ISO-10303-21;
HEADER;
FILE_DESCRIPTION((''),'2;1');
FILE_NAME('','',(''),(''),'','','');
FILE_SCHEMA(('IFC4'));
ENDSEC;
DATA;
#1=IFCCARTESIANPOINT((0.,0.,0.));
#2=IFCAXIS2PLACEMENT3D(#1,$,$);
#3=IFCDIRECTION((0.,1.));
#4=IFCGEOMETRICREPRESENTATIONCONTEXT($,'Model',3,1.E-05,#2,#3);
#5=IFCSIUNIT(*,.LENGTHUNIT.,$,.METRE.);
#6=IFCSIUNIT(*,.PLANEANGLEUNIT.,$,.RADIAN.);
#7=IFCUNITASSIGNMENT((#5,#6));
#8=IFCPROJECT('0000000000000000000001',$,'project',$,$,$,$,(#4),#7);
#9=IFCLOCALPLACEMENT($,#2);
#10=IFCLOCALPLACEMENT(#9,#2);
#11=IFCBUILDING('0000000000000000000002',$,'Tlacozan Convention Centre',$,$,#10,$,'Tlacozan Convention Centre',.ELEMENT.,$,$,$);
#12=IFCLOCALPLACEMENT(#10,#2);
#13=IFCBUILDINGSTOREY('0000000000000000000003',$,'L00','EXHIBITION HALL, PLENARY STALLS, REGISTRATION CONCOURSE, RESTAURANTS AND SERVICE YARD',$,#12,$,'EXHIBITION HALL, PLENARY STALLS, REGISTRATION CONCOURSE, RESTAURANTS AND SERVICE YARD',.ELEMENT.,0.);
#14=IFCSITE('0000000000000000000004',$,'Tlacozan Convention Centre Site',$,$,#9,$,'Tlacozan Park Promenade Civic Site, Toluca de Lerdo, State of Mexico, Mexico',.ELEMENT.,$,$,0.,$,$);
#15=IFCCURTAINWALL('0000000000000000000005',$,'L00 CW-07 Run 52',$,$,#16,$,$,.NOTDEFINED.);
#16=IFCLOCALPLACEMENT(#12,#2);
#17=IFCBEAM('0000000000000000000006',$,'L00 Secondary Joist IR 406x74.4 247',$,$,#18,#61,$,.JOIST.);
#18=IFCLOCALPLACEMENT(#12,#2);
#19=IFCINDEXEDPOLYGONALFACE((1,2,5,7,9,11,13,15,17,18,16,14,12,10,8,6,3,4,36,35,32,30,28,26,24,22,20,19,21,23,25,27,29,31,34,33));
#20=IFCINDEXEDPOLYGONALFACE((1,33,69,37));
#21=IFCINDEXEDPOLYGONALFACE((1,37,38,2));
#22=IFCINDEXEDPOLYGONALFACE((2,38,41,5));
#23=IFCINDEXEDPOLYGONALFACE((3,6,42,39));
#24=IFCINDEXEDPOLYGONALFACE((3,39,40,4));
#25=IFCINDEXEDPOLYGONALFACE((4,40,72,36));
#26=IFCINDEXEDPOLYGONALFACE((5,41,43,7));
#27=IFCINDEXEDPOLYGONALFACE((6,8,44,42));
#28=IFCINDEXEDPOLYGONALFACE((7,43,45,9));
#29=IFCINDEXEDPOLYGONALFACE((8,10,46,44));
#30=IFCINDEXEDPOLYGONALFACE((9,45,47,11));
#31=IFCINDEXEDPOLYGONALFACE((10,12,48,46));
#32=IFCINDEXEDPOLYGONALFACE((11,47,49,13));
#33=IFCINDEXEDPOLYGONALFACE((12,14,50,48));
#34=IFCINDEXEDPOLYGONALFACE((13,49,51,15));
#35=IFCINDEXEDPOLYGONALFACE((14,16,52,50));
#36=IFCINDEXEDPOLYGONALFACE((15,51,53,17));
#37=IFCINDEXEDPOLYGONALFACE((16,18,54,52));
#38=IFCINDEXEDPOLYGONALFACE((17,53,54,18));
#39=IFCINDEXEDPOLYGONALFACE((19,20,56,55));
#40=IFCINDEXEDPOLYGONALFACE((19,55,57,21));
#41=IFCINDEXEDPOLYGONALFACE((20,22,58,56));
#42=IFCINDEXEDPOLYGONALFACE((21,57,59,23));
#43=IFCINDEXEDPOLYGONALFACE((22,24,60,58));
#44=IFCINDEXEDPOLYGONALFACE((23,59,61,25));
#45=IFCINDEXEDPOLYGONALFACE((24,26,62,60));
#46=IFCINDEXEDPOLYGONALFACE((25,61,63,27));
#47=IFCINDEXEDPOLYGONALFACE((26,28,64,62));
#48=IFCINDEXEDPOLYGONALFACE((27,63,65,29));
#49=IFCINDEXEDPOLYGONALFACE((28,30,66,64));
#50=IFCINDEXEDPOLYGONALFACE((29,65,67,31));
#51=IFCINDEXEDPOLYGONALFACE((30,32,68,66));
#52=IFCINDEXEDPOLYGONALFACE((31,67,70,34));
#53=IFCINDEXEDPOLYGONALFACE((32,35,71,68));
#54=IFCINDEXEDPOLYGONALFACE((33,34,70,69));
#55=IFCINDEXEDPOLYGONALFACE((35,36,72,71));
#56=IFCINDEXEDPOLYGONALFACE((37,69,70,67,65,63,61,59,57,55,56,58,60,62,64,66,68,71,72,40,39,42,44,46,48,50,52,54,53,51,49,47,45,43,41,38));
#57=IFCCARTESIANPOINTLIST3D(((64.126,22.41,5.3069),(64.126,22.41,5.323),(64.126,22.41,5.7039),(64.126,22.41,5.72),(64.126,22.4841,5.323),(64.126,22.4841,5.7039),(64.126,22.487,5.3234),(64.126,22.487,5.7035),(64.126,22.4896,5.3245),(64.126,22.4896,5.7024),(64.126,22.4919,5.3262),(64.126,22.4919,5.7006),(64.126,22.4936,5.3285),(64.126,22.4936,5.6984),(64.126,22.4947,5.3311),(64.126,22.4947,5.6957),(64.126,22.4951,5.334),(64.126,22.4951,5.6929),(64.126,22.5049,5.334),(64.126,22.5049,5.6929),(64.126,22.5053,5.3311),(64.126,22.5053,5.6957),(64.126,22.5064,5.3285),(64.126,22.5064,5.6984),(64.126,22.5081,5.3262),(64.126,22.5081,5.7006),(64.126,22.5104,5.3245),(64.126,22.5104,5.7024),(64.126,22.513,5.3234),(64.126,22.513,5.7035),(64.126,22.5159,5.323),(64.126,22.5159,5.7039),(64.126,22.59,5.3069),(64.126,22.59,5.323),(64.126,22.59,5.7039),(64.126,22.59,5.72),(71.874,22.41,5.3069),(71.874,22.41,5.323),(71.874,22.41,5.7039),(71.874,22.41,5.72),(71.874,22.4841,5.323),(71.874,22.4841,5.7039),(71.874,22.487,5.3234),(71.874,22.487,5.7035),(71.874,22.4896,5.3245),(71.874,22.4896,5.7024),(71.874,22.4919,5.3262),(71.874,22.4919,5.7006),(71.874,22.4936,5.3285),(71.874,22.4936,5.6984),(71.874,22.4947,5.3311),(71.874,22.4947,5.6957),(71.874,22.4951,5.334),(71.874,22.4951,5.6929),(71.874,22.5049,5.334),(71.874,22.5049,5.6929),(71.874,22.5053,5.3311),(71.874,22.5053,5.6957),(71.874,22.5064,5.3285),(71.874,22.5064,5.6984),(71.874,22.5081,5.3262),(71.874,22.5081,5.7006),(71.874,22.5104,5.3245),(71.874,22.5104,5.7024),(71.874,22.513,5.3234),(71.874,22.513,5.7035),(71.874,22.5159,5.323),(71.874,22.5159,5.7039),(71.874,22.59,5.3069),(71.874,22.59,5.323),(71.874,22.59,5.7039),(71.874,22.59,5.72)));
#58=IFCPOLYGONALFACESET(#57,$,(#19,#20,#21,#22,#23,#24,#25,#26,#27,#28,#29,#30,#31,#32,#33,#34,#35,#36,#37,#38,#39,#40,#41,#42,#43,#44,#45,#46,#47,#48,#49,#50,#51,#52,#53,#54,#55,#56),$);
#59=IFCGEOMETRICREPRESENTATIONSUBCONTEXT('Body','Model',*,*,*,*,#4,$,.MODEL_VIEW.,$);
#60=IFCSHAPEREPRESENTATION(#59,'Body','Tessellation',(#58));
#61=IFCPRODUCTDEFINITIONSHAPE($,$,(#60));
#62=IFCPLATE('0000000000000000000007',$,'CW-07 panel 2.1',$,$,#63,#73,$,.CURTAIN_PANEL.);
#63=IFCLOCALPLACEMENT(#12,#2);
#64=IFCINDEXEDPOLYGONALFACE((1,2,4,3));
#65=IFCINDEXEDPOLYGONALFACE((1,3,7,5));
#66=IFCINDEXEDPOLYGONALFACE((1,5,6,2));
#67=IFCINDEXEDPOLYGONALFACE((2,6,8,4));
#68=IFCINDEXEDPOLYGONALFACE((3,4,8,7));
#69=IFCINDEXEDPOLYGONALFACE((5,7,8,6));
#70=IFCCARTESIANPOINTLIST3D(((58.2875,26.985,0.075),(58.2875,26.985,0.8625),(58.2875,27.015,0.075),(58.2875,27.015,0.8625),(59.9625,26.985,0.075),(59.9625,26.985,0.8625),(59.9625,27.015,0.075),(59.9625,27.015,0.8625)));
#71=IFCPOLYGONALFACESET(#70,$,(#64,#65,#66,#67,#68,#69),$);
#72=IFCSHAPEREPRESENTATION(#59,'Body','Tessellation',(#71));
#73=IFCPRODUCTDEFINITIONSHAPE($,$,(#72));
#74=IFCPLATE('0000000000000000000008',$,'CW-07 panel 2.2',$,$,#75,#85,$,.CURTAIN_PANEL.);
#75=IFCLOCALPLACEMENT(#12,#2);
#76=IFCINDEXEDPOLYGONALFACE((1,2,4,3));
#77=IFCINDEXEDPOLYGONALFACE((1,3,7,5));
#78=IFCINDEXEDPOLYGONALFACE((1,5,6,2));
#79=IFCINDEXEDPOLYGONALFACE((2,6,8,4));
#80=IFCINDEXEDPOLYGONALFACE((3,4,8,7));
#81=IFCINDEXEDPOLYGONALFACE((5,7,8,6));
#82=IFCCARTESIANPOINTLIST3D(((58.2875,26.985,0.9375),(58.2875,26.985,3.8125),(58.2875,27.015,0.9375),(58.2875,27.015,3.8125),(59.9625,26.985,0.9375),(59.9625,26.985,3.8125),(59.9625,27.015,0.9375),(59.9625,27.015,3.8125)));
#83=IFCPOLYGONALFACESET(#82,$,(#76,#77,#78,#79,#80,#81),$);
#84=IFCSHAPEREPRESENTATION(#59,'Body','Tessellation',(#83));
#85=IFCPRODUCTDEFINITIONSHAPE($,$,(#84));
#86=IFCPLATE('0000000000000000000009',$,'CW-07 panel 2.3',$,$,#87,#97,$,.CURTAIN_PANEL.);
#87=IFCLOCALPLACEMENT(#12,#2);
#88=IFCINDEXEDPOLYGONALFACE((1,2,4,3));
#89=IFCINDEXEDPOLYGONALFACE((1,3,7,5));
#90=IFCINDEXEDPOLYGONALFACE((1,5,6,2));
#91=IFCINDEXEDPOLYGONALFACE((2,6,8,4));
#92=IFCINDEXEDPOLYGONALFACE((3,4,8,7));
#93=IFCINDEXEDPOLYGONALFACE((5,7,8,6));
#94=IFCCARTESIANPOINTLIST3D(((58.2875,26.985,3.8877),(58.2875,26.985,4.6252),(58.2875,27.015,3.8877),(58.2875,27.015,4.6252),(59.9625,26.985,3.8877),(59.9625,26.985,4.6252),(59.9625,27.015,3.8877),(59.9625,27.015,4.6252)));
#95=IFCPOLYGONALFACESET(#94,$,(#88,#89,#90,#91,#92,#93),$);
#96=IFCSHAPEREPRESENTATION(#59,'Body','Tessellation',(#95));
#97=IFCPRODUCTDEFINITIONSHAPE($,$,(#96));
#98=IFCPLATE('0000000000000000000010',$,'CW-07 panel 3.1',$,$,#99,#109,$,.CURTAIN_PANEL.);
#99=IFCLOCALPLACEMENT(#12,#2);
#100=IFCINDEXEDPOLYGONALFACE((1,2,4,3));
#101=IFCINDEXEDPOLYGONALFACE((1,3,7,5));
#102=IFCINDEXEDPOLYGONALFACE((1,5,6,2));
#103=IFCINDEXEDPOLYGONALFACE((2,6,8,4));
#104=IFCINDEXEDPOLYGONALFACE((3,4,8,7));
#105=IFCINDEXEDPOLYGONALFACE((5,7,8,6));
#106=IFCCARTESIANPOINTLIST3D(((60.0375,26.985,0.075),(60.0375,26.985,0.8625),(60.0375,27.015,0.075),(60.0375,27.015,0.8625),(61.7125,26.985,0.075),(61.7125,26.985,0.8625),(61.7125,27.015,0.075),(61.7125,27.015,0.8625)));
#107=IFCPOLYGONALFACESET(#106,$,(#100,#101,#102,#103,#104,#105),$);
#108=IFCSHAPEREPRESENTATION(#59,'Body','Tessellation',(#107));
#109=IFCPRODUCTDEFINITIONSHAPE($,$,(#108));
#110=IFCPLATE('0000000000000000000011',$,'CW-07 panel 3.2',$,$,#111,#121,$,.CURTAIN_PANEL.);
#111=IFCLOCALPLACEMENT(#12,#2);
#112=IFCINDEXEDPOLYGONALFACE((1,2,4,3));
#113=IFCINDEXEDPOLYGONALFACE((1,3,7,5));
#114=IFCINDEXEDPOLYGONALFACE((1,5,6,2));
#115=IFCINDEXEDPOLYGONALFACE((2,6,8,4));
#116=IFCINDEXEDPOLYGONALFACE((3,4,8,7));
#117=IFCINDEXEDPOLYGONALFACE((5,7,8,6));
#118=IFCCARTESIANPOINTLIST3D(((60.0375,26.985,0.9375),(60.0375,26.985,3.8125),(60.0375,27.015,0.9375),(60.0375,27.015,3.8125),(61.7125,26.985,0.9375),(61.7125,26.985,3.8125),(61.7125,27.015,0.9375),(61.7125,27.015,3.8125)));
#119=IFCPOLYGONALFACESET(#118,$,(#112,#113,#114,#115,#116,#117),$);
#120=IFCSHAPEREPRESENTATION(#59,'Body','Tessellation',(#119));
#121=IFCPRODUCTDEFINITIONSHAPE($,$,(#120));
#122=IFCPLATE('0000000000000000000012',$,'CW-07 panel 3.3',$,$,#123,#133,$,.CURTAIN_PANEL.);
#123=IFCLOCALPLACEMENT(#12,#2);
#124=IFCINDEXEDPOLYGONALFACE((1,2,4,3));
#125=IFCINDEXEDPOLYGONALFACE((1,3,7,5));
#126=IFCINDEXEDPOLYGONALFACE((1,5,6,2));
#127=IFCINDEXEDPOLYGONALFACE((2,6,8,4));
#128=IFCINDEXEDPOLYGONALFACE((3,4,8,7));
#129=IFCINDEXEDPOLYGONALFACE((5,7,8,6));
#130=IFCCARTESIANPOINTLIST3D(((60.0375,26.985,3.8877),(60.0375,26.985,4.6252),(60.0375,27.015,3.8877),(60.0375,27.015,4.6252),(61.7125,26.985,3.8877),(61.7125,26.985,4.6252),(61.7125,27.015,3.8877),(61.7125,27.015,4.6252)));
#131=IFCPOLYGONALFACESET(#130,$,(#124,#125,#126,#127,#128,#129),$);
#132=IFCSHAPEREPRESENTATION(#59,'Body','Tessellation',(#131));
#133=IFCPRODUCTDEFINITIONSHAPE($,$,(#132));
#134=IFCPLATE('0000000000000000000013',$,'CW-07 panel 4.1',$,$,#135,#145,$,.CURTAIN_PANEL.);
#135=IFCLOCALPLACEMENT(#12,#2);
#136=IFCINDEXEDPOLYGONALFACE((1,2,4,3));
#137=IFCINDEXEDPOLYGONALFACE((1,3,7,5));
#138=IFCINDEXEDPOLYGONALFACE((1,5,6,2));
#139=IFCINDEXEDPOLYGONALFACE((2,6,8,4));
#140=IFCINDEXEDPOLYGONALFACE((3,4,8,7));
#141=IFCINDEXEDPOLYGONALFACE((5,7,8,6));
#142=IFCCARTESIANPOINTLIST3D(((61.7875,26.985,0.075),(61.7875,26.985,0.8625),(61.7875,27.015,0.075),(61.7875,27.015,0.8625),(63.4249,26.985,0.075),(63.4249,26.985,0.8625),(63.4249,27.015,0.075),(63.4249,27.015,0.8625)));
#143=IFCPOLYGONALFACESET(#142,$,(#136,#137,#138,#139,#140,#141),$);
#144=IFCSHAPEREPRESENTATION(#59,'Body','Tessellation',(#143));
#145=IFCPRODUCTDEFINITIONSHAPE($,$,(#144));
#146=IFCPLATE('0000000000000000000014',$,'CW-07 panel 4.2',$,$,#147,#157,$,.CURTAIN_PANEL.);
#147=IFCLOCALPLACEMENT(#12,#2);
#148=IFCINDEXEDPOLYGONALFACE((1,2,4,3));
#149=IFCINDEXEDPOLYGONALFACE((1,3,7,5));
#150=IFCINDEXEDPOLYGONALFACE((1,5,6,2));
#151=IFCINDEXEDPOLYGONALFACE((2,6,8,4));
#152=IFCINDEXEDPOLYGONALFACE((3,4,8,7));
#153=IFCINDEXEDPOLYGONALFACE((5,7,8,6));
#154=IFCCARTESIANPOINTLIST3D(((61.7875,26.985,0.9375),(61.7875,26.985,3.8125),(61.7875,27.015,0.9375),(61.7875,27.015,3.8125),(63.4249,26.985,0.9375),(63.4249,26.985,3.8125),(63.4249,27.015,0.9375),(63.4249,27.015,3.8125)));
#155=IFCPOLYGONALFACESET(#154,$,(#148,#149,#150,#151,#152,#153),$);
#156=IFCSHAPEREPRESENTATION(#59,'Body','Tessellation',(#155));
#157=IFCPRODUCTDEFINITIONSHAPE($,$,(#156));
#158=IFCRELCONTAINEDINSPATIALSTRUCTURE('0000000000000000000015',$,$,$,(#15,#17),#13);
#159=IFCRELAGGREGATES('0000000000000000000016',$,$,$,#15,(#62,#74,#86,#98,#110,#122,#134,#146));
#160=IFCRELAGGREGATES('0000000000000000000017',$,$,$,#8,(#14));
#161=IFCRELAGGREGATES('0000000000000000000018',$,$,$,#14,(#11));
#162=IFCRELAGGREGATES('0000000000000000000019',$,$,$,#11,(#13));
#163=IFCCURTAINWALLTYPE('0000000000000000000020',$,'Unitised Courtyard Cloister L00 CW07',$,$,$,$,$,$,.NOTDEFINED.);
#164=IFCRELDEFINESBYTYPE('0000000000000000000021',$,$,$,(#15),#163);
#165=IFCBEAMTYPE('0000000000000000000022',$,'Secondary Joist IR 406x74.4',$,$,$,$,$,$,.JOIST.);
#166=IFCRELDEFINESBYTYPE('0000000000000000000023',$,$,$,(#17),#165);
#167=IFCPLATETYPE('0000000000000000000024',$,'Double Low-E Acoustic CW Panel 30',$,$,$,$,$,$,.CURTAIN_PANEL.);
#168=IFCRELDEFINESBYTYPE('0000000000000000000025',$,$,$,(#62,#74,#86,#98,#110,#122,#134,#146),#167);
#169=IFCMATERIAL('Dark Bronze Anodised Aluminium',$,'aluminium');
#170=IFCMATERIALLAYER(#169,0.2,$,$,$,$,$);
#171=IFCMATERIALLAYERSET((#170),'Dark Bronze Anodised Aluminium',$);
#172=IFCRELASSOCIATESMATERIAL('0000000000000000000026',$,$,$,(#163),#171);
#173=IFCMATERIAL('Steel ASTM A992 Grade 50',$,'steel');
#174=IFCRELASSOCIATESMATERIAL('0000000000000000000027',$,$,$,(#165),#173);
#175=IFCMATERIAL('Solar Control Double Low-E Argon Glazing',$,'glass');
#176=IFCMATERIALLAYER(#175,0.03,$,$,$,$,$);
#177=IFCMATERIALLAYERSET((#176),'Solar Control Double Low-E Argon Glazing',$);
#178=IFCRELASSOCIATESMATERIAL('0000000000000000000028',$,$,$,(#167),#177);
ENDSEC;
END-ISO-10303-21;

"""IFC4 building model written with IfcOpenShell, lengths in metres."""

from ifc_helpers import new_model, si_unit, direction, frame, origin, origin_2d, place, context, subcontext, project, spatial, rectangle, i_section, extrude, material, layer, layer_set, material_profile, profile_set, type_object, element, aggregate, save


model = new_model("IFC4")

# Units and contexts
model_context = context("Model", 3, precision=1e-05, world=origin(), true_north=direction((0.0, 1.0)))
body_context = subcontext(model_context, "Body", "Model", "MODEL_VIEW")
ifc_project = project(units=[si_unit("LENGTHUNIT", "METRE"), si_unit("PLANEANGLEUNIT", "RADIAN")], contexts=[model_context])

# Site, building, storey
site_placement = place(None, origin())
site = spatial("IfcSite", under=ifc_project, at=site_placement, Name="Tlacozan Convention Centre Site", LongName="Tlacozan Park Promenade Civic Site, Toluca de Lerdo, State of Mexico, Mexico", CompositionType="ELEMENT", RefElevation=0.0)
building_placement = place(site_placement, origin())
building = spatial("IfcBuilding", under=site, at=building_placement, Name="Tlacozan Convention Centre", LongName="Tlacozan Convention Centre", CompositionType="ELEMENT")
storey_placement = place(building_placement, origin())
storey = spatial("IfcBuildingStorey", under=building, at=storey_placement, Name="L00", Description="EXHIBITION HALL, PLENARY STALLS, REGISTRATION CONCOURSE, RESTAURANTS AND SERVICE YARD", LongName="EXHIBITION HALL, PLENARY STALLS, REGISTRATION CONCOURSE, RESTAURANTS AND SERVICE YARD", CompositionType="ELEMENT", Elevation=0.0)

# Curtain wall
ifc_material_1 = material(Name="Dark Bronze Anodised Aluminium", Category="aluminium")
ifc_layer_1 = layer(ifc_material_1, 0.2)
ifc_layer_set_1 = layer_set([ifc_layer_1], Name="Dark Bronze Anodised Aluminium")
curtain_wall_type = type_object("IfcCurtainWallType", Name="Unitised Courtyard Cloister L00 CW07", PredefinedType="NOTDEFINED", material=ifc_layer_set_1)
curtain_wall_placement = place(storey_placement, origin())
curtain_wall = element("IfcCurtainWall", 1, at=curtain_wall_placement, inside=storey, type_object=curtain_wall_type, Name="L00 CW-07 Run 52", PredefinedType="NOTDEFINED")

# Beam
ifc_material_2 = material(Name="Steel ASTM A992 Grade 50", Category="steel")
ifc_material_profile_1 = material_profile(ifc_material_2, i_section(OverallWidth=0.1799, OverallDepth=0.4131, WebThickness=0.0098, FlangeThickness=0.0161, FilletRadius=0.011, at=origin_2d()), Name="IR 406x74.4")
ifc_profile_set_1 = profile_set([ifc_material_profile_1], Name="Steel ASTM A992 Grade 50")
beam_type = type_object("IfcBeamType", Name="Secondary Joist IR 406x74.4", PredefinedType="JOIST", material=ifc_profile_set_1)
beam_placement = place(storey_placement, frame((64.126, 22.5, 5.5134), z_axis=(1.0, 0.0, 0.0), x_axis=(0.0, 1.0, 0.0)))
element("IfcBeam", 2, at=beam_placement, inside=storey, type_object=beam_type, Name="L00 Secondary Joist IR 406x74.4 247", PredefinedType="JOIST", context=body_context, shape_type="SweptSolid", body=[
    extrude(i_section(OverallWidth=0.1799, OverallDepth=0.4131, WebThickness=0.0098, FlangeThickness=0.0161, FilletRadius=0.011, at=origin_2d()), origin(), (0.0, 0.0, 1.0), 7.748),
])

# Plates
ifc_material_3 = material(Name="Solar Control Double Low-E Argon Glazing", Category="glass")
ifc_layer_2 = layer(ifc_material_3, 0.03)
ifc_layer_set_2 = layer_set([ifc_layer_2], Name="Solar Control Double Low-E Argon Glazing")
plate_type = type_object("IfcPlateType", Name="Double Low-E Acoustic CW Panel 30", PredefinedType="CURTAIN_PANEL", material=ifc_layer_set_2)
plate_1_placement = place(storey_placement, frame((59.125, 27.0, 0.075), z_axis=(0.0, 0.0, 1.0), x_axis=(1.0, 0.0, 0.0)))
plate_1 = element("IfcPlate", 3, at=plate_1_placement, type_object=plate_type, Name="CW-07 panel 2.1", PredefinedType="CURTAIN_PANEL", context=body_context, shape_type="SweptSolid", body=[
    extrude(rectangle(XDim=1.675, YDim=0.03, at=origin_2d()), origin(), (0.0, 0.0, 1.0), 0.7876),
])
plate_2_placement = place(storey_placement, frame((59.125, 27.0, 0.9375), z_axis=(0.0, 0.0, 1.0), x_axis=(1.0, 0.0, 0.0)))
plate_2 = element("IfcPlate", 4, at=plate_2_placement, type_object=plate_type, Name="CW-07 panel 2.2", PredefinedType="CURTAIN_PANEL", context=body_context, shape_type="SweptSolid", body=[
    extrude(rectangle(XDim=1.675, YDim=0.03, at=origin_2d()), origin(), (0.0, 0.0, 1.0), 2.875),
])
plate_3_placement = place(storey_placement, frame((59.125, 27.0, 3.8877), z_axis=(0.0, 0.0, 1.0), x_axis=(1.0, 0.0, 0.0)))
plate_3 = element("IfcPlate", 5, at=plate_3_placement, type_object=plate_type, Name="CW-07 panel 2.3", PredefinedType="CURTAIN_PANEL", context=body_context, shape_type="SweptSolid", body=[
    extrude(rectangle(XDim=1.675, YDim=0.03, at=origin_2d()), origin(), (0.0, 0.0, 1.0), 0.7375),
])
plate_4_placement = place(storey_placement, frame((60.875, 27.0, 0.075), z_axis=(0.0, 0.0, 1.0), x_axis=(1.0, 0.0, 0.0)))
plate_4 = element("IfcPlate", 6, at=plate_4_placement, type_object=plate_type, Name="CW-07 panel 3.1", PredefinedType="CURTAIN_PANEL", context=body_context, shape_type="SweptSolid", body=[
    extrude(rectangle(XDim=1.675, YDim=0.03, at=origin_2d()), origin(), (0.0, 0.0, 1.0), 0.7876),
])
plate_5_placement = place(storey_placement, frame((60.875, 27.0, 0.9375), z_axis=(0.0, 0.0, 1.0), x_axis=(1.0, 0.0, 0.0)))
plate_5 = element("IfcPlate", 7, at=plate_5_placement, type_object=plate_type, Name="CW-07 panel 3.2", PredefinedType="CURTAIN_PANEL", context=body_context, shape_type="SweptSolid", body=[
    extrude(rectangle(XDim=1.675, YDim=0.03, at=origin_2d()), origin(), (0.0, 0.0, 1.0), 2.875),
])
plate_6_placement = place(storey_placement, frame((60.875, 27.0, 3.8877), z_axis=(0.0, 0.0, 1.0), x_axis=(1.0, 0.0, 0.0)))
plate_6 = element("IfcPlate", 8, at=plate_6_placement, type_object=plate_type, Name="CW-07 panel 3.3", PredefinedType="CURTAIN_PANEL", context=body_context, shape_type="SweptSolid", body=[
    extrude(rectangle(XDim=1.675, YDim=0.03, at=origin_2d()), origin(), (0.0, 0.0, 1.0), 0.7375),
])
plate_7_placement = place(storey_placement, frame((62.6062, 27.0, 0.075), z_axis=(0.0, 0.0, 1.0), x_axis=(1.0, 0.0, 0.0)))
plate_7 = element("IfcPlate", 9, at=plate_7_placement, type_object=plate_type, Name="CW-07 panel 4.1", PredefinedType="CURTAIN_PANEL", context=body_context, shape_type="SweptSolid", body=[
    extrude(rectangle(XDim=1.6375, YDim=0.03, at=origin_2d()), origin(), (0.0, 0.0, 1.0), 0.7876),
])
plate_8_placement = place(storey_placement, frame((62.6062, 27.0, 0.9375), z_axis=(0.0, 0.0, 1.0), x_axis=(1.0, 0.0, 0.0)))
plate_8 = element("IfcPlate", 10, at=plate_8_placement, type_object=plate_type, Name="CW-07 panel 4.2", PredefinedType="CURTAIN_PANEL", context=body_context, shape_type="SweptSolid", body=[
    extrude(rectangle(XDim=1.6375, YDim=0.03, at=origin_2d()), origin(), (0.0, 0.0, 1.0), 2.875),
])
aggregate(curtain_wall, [plate_1, plate_2, plate_3, plate_4, plate_5, plate_6, plate_7, plate_8])

save(model, "model.ifc")
